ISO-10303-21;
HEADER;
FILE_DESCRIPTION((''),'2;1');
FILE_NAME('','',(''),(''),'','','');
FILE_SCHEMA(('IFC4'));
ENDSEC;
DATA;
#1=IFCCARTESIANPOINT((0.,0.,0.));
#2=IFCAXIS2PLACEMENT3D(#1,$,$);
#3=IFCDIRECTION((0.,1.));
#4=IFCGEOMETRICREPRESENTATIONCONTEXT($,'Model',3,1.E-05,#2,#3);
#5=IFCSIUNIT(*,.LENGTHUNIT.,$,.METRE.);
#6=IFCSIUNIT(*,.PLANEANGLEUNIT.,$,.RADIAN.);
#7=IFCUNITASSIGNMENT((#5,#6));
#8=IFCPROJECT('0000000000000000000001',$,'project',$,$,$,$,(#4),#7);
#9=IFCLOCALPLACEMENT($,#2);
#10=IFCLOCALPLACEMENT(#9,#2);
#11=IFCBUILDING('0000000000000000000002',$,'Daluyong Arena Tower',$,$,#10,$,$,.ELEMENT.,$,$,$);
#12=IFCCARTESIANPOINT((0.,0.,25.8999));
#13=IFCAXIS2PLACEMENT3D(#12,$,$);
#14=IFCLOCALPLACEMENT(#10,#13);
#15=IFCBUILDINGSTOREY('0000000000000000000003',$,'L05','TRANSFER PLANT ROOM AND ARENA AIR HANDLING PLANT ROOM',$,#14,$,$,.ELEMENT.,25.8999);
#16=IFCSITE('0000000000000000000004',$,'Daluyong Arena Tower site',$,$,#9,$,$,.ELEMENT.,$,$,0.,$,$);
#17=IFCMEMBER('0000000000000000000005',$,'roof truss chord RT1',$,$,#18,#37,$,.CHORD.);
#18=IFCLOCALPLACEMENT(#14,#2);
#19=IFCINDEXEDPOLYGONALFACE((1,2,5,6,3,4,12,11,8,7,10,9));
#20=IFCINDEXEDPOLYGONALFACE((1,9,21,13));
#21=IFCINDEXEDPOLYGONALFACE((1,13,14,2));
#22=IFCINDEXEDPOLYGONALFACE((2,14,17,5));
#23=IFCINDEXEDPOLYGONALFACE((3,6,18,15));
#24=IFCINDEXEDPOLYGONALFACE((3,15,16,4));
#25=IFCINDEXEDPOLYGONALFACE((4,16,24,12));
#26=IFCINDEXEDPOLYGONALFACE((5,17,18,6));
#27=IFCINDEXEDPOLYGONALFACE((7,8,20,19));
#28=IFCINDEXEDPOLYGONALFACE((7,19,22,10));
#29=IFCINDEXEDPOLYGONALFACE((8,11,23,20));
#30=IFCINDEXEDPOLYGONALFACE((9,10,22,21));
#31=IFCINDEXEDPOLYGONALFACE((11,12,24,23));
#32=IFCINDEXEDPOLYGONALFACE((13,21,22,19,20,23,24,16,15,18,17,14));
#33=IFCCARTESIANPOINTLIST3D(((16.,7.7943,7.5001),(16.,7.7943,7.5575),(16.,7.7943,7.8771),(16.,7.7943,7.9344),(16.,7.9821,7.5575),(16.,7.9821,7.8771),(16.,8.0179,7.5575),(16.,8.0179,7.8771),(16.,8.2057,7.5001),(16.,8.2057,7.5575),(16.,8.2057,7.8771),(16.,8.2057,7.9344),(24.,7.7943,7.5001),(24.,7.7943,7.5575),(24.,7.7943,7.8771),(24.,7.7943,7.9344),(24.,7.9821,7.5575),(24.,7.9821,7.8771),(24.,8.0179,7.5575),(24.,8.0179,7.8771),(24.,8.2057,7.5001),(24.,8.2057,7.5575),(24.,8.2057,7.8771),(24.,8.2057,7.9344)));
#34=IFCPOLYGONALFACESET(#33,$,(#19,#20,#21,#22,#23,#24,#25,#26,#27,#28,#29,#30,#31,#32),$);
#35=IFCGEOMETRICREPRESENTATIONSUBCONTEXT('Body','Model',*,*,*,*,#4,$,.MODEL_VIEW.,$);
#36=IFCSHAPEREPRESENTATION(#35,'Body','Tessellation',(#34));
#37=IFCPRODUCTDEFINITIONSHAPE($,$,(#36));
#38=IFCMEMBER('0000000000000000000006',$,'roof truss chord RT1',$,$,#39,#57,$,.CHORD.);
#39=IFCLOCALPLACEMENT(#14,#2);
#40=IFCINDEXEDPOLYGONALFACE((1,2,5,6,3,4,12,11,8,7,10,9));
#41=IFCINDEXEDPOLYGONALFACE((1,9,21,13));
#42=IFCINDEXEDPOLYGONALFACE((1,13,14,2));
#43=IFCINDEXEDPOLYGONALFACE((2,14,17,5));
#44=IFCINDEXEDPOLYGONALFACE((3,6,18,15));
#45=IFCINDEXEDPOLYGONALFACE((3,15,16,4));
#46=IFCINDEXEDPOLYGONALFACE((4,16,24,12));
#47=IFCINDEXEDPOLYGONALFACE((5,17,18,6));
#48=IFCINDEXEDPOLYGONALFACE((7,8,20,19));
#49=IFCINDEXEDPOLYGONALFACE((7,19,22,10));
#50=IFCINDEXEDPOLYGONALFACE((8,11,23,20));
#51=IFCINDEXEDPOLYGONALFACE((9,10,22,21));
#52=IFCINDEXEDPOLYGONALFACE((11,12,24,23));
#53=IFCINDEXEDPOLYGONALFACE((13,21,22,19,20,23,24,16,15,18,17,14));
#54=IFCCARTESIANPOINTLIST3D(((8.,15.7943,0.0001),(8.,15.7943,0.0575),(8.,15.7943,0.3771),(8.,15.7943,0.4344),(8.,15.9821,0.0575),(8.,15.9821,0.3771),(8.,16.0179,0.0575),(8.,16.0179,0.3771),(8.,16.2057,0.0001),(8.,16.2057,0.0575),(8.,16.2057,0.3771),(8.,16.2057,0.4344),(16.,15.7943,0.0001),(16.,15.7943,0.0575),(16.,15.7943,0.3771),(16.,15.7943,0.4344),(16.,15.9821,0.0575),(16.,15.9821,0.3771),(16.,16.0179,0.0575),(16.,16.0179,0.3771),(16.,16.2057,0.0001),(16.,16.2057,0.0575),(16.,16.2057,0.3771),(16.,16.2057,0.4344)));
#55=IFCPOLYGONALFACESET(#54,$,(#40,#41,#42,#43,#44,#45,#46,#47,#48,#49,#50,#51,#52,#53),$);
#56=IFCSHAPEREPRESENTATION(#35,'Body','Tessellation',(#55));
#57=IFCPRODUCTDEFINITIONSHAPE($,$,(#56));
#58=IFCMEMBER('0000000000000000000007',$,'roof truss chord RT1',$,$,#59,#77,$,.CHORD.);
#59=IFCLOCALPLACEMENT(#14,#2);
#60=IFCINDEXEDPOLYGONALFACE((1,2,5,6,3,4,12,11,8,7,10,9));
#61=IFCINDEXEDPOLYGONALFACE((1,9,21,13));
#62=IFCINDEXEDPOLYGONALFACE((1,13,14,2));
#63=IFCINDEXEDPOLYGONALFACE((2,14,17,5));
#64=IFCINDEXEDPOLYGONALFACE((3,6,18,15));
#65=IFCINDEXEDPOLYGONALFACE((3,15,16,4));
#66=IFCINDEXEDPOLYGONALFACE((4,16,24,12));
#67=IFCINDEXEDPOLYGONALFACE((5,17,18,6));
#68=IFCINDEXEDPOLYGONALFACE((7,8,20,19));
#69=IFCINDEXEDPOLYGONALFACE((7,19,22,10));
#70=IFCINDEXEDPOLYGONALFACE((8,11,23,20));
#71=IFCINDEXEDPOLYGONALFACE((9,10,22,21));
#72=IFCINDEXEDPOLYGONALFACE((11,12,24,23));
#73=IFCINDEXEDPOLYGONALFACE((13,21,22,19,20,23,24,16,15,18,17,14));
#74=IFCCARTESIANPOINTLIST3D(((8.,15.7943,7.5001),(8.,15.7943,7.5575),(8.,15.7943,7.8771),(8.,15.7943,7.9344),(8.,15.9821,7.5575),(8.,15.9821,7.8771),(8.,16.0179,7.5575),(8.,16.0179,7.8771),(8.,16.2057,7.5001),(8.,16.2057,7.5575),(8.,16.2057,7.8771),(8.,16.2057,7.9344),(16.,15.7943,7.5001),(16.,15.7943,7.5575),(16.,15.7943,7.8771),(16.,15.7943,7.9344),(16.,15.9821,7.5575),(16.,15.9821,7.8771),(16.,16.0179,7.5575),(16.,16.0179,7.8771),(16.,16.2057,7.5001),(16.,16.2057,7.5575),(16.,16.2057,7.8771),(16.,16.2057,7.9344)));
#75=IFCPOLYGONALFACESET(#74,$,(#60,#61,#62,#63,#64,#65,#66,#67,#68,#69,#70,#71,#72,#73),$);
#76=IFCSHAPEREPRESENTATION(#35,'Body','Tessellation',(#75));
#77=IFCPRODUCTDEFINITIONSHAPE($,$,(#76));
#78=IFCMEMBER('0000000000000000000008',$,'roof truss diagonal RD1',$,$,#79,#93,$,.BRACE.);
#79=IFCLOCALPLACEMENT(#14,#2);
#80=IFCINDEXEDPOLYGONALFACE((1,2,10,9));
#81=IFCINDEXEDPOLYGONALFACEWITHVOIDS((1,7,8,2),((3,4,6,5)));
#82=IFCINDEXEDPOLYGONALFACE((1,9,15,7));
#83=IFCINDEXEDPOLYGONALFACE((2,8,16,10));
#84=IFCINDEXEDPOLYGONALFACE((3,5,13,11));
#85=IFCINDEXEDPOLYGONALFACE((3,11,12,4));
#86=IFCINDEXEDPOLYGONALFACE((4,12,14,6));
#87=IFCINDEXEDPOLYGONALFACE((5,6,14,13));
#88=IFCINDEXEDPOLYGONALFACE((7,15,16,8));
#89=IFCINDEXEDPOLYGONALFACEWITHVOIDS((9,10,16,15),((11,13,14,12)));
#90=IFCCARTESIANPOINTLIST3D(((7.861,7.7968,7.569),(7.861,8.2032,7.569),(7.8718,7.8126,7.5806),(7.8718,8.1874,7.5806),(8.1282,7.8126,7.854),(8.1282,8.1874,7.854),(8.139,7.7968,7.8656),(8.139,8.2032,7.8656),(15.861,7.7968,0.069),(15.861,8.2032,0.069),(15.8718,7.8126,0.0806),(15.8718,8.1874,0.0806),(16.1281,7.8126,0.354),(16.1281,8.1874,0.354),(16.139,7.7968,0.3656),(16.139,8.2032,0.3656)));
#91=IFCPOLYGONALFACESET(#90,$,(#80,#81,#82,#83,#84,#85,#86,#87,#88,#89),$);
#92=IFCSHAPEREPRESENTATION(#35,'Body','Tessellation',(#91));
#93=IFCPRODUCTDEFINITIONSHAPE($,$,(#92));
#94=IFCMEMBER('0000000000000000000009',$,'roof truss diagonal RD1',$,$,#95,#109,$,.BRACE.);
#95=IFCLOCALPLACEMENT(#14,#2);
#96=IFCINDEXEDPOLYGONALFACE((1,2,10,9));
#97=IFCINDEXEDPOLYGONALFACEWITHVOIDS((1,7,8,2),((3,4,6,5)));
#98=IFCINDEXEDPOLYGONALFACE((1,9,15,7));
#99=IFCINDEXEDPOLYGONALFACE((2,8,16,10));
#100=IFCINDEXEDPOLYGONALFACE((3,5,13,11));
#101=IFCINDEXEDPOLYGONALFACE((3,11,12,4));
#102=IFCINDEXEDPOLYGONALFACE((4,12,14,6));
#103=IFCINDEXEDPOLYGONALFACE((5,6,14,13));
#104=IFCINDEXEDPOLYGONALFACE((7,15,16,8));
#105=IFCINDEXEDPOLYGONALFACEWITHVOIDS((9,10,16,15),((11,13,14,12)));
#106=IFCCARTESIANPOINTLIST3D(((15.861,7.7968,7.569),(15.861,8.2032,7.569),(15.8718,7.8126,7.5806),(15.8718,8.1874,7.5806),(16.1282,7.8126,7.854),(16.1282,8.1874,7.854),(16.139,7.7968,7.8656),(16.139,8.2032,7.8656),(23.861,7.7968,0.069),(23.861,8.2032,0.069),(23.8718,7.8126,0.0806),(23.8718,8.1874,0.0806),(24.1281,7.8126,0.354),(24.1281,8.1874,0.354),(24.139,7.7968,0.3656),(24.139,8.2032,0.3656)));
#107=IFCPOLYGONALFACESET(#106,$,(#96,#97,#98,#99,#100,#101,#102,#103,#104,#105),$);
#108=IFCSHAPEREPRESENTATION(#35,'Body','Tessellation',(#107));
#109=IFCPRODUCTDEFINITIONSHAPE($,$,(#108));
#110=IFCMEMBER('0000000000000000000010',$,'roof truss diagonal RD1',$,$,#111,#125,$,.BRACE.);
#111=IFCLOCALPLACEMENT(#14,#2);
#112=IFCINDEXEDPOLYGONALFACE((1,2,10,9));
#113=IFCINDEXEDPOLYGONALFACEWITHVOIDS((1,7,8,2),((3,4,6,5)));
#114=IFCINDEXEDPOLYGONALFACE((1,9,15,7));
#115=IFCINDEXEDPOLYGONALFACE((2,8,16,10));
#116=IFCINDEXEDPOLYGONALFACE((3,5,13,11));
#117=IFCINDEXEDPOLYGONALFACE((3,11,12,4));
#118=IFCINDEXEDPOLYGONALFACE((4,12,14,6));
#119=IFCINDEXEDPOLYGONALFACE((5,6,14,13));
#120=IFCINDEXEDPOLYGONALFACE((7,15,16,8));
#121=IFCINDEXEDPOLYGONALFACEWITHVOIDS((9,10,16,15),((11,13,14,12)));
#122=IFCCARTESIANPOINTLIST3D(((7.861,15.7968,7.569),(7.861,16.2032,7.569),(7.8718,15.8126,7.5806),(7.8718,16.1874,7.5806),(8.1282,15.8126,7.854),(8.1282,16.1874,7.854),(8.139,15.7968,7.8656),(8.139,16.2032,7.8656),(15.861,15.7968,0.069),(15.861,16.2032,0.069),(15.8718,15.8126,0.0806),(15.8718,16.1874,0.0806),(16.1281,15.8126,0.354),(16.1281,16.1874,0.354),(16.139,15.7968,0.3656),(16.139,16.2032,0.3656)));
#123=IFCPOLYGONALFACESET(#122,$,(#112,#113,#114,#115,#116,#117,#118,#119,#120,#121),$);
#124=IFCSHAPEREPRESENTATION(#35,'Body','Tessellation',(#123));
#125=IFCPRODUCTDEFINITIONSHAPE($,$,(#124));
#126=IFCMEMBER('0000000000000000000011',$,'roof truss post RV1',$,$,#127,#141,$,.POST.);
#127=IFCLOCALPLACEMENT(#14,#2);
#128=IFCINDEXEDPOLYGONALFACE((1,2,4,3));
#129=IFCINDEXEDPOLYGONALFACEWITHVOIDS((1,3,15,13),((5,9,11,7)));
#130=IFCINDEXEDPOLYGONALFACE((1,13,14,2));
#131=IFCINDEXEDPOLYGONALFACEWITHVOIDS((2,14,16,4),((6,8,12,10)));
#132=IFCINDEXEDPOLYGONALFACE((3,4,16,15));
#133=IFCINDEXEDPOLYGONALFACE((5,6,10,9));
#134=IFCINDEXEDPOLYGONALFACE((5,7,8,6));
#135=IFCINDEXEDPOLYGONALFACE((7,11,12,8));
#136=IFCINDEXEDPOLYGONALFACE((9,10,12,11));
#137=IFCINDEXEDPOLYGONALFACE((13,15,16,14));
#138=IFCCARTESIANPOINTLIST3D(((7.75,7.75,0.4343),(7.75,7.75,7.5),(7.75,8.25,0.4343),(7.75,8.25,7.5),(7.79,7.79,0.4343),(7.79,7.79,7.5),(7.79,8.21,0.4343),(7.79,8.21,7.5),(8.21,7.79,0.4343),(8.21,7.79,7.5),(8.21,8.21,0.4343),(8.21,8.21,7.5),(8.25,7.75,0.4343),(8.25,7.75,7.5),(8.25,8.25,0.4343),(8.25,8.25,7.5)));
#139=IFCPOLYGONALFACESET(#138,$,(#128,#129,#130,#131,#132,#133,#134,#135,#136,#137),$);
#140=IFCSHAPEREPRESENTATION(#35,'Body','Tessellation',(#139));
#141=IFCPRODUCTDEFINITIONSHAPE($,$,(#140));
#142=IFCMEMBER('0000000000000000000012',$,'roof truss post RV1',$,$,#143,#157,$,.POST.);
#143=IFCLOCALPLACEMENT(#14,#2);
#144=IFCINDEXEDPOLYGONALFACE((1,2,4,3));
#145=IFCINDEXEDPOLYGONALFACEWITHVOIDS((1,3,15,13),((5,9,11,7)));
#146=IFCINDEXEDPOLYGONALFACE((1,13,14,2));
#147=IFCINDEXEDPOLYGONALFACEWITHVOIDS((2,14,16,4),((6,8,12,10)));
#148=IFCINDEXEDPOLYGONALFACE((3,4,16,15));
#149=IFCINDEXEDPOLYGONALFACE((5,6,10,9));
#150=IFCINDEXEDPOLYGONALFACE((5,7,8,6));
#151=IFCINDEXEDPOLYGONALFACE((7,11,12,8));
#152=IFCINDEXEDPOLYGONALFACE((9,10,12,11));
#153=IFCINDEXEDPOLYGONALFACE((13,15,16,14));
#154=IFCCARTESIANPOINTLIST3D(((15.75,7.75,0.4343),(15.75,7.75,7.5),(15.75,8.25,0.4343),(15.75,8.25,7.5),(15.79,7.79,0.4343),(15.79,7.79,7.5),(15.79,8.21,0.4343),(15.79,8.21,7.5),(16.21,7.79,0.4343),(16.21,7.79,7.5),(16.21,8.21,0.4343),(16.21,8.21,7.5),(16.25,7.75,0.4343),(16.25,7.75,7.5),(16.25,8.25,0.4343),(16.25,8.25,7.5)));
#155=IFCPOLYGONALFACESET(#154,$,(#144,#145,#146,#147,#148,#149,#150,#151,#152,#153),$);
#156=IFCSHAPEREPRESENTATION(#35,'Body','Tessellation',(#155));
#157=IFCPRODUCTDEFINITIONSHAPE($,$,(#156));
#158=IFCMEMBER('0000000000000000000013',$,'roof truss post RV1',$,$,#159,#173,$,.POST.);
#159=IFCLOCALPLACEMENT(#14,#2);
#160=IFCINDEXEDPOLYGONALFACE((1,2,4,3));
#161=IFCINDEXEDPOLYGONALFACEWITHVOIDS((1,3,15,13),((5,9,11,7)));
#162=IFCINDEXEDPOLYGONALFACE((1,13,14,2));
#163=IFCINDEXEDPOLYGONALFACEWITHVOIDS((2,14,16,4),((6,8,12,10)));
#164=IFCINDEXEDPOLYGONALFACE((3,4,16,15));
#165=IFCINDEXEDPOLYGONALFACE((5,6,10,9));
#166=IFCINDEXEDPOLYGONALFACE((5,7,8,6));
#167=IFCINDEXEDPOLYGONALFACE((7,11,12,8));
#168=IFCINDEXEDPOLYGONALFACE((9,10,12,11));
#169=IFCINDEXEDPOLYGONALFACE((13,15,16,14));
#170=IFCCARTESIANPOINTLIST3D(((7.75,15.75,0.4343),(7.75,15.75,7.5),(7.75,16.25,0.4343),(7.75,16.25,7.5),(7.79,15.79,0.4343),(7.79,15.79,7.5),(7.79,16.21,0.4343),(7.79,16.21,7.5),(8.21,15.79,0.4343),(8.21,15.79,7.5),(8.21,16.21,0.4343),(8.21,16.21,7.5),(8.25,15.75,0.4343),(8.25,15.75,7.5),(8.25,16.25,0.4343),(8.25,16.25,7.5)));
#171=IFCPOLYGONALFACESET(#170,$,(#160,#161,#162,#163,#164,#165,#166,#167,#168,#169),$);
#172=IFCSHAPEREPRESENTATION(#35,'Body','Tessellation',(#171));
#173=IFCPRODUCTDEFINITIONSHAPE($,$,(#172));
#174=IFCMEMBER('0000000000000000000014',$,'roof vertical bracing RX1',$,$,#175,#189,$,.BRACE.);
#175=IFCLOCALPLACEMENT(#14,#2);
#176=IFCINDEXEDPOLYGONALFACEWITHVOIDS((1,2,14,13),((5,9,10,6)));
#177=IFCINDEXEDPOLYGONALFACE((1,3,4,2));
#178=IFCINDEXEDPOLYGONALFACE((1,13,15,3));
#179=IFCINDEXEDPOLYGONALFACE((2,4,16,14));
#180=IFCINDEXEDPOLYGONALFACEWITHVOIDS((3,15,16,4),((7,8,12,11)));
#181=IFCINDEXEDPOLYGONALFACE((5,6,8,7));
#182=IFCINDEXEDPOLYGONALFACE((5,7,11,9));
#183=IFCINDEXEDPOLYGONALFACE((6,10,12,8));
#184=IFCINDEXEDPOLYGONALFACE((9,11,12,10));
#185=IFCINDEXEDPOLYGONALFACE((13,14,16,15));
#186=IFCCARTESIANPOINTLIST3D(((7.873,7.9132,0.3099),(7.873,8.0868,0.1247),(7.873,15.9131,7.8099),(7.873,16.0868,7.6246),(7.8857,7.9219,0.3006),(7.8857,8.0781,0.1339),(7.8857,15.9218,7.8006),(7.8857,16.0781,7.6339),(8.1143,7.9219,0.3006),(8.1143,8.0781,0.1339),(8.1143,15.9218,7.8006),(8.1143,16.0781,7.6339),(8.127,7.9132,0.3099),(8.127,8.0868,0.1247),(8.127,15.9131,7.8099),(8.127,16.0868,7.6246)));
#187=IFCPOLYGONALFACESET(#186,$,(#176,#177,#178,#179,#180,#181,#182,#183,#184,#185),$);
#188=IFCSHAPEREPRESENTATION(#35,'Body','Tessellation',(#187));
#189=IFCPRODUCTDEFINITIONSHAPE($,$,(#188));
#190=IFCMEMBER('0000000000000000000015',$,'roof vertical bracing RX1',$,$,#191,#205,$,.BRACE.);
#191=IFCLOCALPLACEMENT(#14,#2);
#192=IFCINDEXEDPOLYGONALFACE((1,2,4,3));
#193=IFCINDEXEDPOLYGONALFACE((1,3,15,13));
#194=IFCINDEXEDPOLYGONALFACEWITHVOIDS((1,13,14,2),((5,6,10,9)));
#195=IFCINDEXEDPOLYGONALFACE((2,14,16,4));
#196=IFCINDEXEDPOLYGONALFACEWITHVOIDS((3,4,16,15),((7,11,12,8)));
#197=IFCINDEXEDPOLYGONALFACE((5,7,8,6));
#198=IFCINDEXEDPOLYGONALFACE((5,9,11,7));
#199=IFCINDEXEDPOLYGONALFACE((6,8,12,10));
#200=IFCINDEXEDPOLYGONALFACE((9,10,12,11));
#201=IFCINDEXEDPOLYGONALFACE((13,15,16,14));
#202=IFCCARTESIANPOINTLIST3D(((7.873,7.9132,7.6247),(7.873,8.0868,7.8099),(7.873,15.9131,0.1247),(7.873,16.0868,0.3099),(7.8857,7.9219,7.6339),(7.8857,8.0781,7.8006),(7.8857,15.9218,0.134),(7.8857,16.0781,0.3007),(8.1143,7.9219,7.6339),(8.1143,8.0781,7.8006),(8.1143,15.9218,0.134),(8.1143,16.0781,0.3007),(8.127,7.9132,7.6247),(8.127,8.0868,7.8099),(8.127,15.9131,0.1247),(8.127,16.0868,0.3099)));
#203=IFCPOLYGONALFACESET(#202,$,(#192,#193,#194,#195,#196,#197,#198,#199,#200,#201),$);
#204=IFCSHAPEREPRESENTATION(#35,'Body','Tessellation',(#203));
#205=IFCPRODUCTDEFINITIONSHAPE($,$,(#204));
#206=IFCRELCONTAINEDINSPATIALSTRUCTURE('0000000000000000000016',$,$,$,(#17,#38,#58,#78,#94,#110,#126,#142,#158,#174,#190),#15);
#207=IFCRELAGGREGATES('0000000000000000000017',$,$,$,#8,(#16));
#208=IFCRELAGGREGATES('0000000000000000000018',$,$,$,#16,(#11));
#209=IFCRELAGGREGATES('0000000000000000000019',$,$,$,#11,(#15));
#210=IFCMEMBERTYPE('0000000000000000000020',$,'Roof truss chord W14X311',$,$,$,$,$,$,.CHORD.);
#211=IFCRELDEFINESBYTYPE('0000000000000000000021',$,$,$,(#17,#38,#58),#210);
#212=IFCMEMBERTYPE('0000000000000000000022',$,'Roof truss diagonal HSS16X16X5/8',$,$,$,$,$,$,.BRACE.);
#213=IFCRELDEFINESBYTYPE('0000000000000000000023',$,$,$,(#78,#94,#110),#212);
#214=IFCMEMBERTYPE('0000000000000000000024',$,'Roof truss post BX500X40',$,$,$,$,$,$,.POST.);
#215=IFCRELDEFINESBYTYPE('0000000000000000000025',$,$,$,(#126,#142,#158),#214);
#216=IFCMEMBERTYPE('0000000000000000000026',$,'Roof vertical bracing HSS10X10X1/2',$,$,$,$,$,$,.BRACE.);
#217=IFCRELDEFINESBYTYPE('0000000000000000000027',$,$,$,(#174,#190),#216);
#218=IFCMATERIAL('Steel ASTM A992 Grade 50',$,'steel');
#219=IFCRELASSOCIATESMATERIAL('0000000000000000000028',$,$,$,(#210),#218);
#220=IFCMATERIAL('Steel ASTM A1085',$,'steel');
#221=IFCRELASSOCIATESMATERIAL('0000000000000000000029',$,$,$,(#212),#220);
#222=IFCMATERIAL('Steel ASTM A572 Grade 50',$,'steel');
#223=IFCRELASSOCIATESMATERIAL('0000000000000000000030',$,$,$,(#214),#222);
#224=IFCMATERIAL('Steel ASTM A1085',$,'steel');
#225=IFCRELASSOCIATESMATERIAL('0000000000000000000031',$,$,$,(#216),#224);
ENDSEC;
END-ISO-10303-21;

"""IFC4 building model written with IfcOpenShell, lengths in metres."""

from ifc_helpers import new_model, si_unit, direction, frame, origin, origin_2d, place, context, subcontext, project, spatial, hollow_rectangle, i_section, extrude, material, material_profile, profile_set, type_object, element, save


model = new_model("IFC4")

# Units and contexts
model_context = context("Model", 3, precision=1e-05, world=origin(), true_north=direction((0.0, 1.0)))
body_context = subcontext(model_context, "Body", "Model", "MODEL_VIEW")
ifc_project = project(units=[si_unit("LENGTHUNIT", "METRE"), si_unit("PLANEANGLEUNIT", "RADIAN")], contexts=[model_context])

# Site, building, storey
site_placement = place(None, origin())
site = spatial("IfcSite", under=ifc_project, at=site_placement, Name="Daluyong Arena Tower site", CompositionType="ELEMENT", RefElevation=0.0)
building_placement = place(site_placement, origin())
building = spatial("IfcBuilding", under=site, at=building_placement, Name="Daluyong Arena Tower", CompositionType="ELEMENT")
storey_placement = place(building_placement, frame((0.0, 0.0, 25.8999)))
storey = spatial("IfcBuildingStorey", under=building, at=storey_placement, Name="L05", Description="TRANSFER PLANT ROOM AND ARENA AIR HANDLING PLANT ROOM", CompositionType="ELEMENT", Elevation=25.8999)

# Members
ifc_material_1 = material(Name="Steel ASTM A992 Grade 50", Category="steel")
ifc_material_profile_1 = material_profile(ifc_material_1, i_section(OverallWidth=0.4114, OverallDepth=0.4343, WebThickness=0.0359, FlangeThickness=0.0574, at=origin_2d()))
ifc_profile_set_1 = profile_set([ifc_material_profile_1], Name="Steel ASTM A992 Grade 50")
member_type_1 = type_object("IfcMemberType", Name="Roof truss chord W14X311", PredefinedType="CHORD", material=ifc_profile_set_1)
for number, where, z_axis, x_axis, name in (
    (1, (16.0, 8.0, 7.7173), (1.0, 0.0, 0.0), (0.0, 1.0, 0.0), "roof truss chord RT1"),
    (2, (8.0, 16.0, 0.2173), (1.0, 0.0, 0.0), (0.0, 1.0, 0.0), "roof truss chord RT1"),
    (3, (8.0, 16.0, 7.7173), (1.0, 0.0, 0.0), (0.0, 1.0, 0.0), "roof truss chord RT1"),
):
    element("IfcMember", number, at=place(storey_placement, frame(where, z_axis=z_axis, x_axis=x_axis)), inside=storey, type_object=member_type_1, Name=name, PredefinedType="CHORD", context=body_context, shape_type="SweptSolid", body=[
        extrude(i_section(OverallWidth=0.4114, OverallDepth=0.4343, WebThickness=0.0359, FlangeThickness=0.0574, at=origin_2d()), origin(), (0.0, 0.0, 1.0), 8.0),
    ])
ifc_material_2 = material(Name="Steel ASTM A1085", Category="steel")
ifc_material_profile_2 = material_profile(ifc_material_2, hollow_rectangle(XDim=0.4065, YDim=0.4065, WallThickness=0.0159, at=origin_2d()))
ifc_profile_set_2 = profile_set([ifc_material_profile_2], Name="Steel ASTM A1085")
member_type_2 = type_object("IfcMemberType", Name="Roof truss diagonal HSS16X16X5/8", PredefinedType="BRACE", material=ifc_profile_set_2)
for number, where, z_axis, x_axis, name in (
    (4, (8.0, 8.0, 7.7173), (0.729537, 0.0, -0.683941), (0.0, 1.0, 0.0), "roof truss diagonal RD1"),
    (5, (16.0, 8.0, 7.7173), (0.729537, 0.0, -0.683941), (0.0, 1.0, 0.0), "roof truss diagonal RD1"),
    (6, (8.0, 16.0, 7.7173), (0.729537, 0.0, -0.683941), (0.0, 1.0, 0.0), "roof truss diagonal RD1"),
):
    element("IfcMember", number, at=place(storey_placement, frame(where, z_axis=z_axis, x_axis=x_axis)), inside=storey, type_object=member_type_2, Name=name, PredefinedType="BRACE", context=body_context, shape_type="SweptSolid", body=[
        extrude(hollow_rectangle(XDim=0.4065, YDim=0.4065, WallThickness=0.0159, at=origin_2d()), origin(), (0.0, 0.0, 1.0), 10.9658),
    ])
ifc_material_3 = material(Name="Steel ASTM A572 Grade 50", Category="steel")
ifc_material_profile_3 = material_profile(ifc_material_3, hollow_rectangle(XDim=0.5, YDim=0.5, WallThickness=0.04, at=origin_2d()))
ifc_profile_set_3 = profile_set([ifc_material_profile_3], Name="Steel ASTM A572 Grade 50")
member_type_3 = type_object("IfcMemberType", Name="Roof truss post BX500X40", PredefinedType="POST", material=ifc_profile_set_3)
for number, where, z_axis, x_axis, name in (
    (7, (8.0, 8.0, 0.4343), (0.0, 0.0, 1.0), (1.0, 0.0, 0.0), "roof truss post RV1"),
    (8, (16.0, 8.0, 0.4343), (0.0, 0.0, 1.0), (1.0, 0.0, 0.0), "roof truss post RV1"),
    (9, (8.0, 16.0, 0.4343), (0.0, 0.0, 1.0), (1.0, 0.0, 0.0), "roof truss post RV1"),
):
    element("IfcMember", number, at=place(storey_placement, frame(where, z_axis=z_axis, x_axis=x_axis)), inside=storey, type_object=member_type_3, Name=name, PredefinedType="POST", context=body_context, shape_type="SweptSolid", body=[
        extrude(hollow_rectangle(XDim=0.5, YDim=0.5, WallThickness=0.04, at=origin_2d()), origin(), (0.0, 0.0, 1.0), 7.0657),
    ])
ifc_material_4 = material(Name="Steel ASTM A1085", Category="steel")
ifc_material_profile_4 = material_profile(ifc_material_4, hollow_rectangle(XDim=0.2539, YDim=0.2539, WallThickness=0.0127, at=origin_2d()))
ifc_profile_set_4 = profile_set([ifc_material_profile_4], Name="Steel ASTM A1085")
member_type_4 = type_object("IfcMemberType", Name="Roof vertical bracing HSS10X10X1/2", PredefinedType="BRACE", material=ifc_profile_set_4)
for number, where, z_axis, x_axis, name in (
    (10, (8.0, 8.0, 0.2173), (0.0, 0.729537, 0.683941), (-1.0, 0.0, 0.0), "roof vertical bracing RX1"),
    (11, (8.0, 8.0, 7.7173), (0.0, 0.729537, -0.683941), (-1.0, 0.0, 0.0), "roof vertical bracing RX1"),
):
    element("IfcMember", number, at=place(storey_placement, frame(where, z_axis=z_axis, x_axis=x_axis)), inside=storey, type_object=member_type_4, Name=name, PredefinedType="BRACE", context=body_context, shape_type="SweptSolid", body=[
        extrude(hollow_rectangle(XDim=0.2539, YDim=0.2539, WallThickness=0.0127, at=origin_2d()), origin(), (0.0, 0.0, 1.0), 10.9658),
    ])

save(model, "model.ifc")
